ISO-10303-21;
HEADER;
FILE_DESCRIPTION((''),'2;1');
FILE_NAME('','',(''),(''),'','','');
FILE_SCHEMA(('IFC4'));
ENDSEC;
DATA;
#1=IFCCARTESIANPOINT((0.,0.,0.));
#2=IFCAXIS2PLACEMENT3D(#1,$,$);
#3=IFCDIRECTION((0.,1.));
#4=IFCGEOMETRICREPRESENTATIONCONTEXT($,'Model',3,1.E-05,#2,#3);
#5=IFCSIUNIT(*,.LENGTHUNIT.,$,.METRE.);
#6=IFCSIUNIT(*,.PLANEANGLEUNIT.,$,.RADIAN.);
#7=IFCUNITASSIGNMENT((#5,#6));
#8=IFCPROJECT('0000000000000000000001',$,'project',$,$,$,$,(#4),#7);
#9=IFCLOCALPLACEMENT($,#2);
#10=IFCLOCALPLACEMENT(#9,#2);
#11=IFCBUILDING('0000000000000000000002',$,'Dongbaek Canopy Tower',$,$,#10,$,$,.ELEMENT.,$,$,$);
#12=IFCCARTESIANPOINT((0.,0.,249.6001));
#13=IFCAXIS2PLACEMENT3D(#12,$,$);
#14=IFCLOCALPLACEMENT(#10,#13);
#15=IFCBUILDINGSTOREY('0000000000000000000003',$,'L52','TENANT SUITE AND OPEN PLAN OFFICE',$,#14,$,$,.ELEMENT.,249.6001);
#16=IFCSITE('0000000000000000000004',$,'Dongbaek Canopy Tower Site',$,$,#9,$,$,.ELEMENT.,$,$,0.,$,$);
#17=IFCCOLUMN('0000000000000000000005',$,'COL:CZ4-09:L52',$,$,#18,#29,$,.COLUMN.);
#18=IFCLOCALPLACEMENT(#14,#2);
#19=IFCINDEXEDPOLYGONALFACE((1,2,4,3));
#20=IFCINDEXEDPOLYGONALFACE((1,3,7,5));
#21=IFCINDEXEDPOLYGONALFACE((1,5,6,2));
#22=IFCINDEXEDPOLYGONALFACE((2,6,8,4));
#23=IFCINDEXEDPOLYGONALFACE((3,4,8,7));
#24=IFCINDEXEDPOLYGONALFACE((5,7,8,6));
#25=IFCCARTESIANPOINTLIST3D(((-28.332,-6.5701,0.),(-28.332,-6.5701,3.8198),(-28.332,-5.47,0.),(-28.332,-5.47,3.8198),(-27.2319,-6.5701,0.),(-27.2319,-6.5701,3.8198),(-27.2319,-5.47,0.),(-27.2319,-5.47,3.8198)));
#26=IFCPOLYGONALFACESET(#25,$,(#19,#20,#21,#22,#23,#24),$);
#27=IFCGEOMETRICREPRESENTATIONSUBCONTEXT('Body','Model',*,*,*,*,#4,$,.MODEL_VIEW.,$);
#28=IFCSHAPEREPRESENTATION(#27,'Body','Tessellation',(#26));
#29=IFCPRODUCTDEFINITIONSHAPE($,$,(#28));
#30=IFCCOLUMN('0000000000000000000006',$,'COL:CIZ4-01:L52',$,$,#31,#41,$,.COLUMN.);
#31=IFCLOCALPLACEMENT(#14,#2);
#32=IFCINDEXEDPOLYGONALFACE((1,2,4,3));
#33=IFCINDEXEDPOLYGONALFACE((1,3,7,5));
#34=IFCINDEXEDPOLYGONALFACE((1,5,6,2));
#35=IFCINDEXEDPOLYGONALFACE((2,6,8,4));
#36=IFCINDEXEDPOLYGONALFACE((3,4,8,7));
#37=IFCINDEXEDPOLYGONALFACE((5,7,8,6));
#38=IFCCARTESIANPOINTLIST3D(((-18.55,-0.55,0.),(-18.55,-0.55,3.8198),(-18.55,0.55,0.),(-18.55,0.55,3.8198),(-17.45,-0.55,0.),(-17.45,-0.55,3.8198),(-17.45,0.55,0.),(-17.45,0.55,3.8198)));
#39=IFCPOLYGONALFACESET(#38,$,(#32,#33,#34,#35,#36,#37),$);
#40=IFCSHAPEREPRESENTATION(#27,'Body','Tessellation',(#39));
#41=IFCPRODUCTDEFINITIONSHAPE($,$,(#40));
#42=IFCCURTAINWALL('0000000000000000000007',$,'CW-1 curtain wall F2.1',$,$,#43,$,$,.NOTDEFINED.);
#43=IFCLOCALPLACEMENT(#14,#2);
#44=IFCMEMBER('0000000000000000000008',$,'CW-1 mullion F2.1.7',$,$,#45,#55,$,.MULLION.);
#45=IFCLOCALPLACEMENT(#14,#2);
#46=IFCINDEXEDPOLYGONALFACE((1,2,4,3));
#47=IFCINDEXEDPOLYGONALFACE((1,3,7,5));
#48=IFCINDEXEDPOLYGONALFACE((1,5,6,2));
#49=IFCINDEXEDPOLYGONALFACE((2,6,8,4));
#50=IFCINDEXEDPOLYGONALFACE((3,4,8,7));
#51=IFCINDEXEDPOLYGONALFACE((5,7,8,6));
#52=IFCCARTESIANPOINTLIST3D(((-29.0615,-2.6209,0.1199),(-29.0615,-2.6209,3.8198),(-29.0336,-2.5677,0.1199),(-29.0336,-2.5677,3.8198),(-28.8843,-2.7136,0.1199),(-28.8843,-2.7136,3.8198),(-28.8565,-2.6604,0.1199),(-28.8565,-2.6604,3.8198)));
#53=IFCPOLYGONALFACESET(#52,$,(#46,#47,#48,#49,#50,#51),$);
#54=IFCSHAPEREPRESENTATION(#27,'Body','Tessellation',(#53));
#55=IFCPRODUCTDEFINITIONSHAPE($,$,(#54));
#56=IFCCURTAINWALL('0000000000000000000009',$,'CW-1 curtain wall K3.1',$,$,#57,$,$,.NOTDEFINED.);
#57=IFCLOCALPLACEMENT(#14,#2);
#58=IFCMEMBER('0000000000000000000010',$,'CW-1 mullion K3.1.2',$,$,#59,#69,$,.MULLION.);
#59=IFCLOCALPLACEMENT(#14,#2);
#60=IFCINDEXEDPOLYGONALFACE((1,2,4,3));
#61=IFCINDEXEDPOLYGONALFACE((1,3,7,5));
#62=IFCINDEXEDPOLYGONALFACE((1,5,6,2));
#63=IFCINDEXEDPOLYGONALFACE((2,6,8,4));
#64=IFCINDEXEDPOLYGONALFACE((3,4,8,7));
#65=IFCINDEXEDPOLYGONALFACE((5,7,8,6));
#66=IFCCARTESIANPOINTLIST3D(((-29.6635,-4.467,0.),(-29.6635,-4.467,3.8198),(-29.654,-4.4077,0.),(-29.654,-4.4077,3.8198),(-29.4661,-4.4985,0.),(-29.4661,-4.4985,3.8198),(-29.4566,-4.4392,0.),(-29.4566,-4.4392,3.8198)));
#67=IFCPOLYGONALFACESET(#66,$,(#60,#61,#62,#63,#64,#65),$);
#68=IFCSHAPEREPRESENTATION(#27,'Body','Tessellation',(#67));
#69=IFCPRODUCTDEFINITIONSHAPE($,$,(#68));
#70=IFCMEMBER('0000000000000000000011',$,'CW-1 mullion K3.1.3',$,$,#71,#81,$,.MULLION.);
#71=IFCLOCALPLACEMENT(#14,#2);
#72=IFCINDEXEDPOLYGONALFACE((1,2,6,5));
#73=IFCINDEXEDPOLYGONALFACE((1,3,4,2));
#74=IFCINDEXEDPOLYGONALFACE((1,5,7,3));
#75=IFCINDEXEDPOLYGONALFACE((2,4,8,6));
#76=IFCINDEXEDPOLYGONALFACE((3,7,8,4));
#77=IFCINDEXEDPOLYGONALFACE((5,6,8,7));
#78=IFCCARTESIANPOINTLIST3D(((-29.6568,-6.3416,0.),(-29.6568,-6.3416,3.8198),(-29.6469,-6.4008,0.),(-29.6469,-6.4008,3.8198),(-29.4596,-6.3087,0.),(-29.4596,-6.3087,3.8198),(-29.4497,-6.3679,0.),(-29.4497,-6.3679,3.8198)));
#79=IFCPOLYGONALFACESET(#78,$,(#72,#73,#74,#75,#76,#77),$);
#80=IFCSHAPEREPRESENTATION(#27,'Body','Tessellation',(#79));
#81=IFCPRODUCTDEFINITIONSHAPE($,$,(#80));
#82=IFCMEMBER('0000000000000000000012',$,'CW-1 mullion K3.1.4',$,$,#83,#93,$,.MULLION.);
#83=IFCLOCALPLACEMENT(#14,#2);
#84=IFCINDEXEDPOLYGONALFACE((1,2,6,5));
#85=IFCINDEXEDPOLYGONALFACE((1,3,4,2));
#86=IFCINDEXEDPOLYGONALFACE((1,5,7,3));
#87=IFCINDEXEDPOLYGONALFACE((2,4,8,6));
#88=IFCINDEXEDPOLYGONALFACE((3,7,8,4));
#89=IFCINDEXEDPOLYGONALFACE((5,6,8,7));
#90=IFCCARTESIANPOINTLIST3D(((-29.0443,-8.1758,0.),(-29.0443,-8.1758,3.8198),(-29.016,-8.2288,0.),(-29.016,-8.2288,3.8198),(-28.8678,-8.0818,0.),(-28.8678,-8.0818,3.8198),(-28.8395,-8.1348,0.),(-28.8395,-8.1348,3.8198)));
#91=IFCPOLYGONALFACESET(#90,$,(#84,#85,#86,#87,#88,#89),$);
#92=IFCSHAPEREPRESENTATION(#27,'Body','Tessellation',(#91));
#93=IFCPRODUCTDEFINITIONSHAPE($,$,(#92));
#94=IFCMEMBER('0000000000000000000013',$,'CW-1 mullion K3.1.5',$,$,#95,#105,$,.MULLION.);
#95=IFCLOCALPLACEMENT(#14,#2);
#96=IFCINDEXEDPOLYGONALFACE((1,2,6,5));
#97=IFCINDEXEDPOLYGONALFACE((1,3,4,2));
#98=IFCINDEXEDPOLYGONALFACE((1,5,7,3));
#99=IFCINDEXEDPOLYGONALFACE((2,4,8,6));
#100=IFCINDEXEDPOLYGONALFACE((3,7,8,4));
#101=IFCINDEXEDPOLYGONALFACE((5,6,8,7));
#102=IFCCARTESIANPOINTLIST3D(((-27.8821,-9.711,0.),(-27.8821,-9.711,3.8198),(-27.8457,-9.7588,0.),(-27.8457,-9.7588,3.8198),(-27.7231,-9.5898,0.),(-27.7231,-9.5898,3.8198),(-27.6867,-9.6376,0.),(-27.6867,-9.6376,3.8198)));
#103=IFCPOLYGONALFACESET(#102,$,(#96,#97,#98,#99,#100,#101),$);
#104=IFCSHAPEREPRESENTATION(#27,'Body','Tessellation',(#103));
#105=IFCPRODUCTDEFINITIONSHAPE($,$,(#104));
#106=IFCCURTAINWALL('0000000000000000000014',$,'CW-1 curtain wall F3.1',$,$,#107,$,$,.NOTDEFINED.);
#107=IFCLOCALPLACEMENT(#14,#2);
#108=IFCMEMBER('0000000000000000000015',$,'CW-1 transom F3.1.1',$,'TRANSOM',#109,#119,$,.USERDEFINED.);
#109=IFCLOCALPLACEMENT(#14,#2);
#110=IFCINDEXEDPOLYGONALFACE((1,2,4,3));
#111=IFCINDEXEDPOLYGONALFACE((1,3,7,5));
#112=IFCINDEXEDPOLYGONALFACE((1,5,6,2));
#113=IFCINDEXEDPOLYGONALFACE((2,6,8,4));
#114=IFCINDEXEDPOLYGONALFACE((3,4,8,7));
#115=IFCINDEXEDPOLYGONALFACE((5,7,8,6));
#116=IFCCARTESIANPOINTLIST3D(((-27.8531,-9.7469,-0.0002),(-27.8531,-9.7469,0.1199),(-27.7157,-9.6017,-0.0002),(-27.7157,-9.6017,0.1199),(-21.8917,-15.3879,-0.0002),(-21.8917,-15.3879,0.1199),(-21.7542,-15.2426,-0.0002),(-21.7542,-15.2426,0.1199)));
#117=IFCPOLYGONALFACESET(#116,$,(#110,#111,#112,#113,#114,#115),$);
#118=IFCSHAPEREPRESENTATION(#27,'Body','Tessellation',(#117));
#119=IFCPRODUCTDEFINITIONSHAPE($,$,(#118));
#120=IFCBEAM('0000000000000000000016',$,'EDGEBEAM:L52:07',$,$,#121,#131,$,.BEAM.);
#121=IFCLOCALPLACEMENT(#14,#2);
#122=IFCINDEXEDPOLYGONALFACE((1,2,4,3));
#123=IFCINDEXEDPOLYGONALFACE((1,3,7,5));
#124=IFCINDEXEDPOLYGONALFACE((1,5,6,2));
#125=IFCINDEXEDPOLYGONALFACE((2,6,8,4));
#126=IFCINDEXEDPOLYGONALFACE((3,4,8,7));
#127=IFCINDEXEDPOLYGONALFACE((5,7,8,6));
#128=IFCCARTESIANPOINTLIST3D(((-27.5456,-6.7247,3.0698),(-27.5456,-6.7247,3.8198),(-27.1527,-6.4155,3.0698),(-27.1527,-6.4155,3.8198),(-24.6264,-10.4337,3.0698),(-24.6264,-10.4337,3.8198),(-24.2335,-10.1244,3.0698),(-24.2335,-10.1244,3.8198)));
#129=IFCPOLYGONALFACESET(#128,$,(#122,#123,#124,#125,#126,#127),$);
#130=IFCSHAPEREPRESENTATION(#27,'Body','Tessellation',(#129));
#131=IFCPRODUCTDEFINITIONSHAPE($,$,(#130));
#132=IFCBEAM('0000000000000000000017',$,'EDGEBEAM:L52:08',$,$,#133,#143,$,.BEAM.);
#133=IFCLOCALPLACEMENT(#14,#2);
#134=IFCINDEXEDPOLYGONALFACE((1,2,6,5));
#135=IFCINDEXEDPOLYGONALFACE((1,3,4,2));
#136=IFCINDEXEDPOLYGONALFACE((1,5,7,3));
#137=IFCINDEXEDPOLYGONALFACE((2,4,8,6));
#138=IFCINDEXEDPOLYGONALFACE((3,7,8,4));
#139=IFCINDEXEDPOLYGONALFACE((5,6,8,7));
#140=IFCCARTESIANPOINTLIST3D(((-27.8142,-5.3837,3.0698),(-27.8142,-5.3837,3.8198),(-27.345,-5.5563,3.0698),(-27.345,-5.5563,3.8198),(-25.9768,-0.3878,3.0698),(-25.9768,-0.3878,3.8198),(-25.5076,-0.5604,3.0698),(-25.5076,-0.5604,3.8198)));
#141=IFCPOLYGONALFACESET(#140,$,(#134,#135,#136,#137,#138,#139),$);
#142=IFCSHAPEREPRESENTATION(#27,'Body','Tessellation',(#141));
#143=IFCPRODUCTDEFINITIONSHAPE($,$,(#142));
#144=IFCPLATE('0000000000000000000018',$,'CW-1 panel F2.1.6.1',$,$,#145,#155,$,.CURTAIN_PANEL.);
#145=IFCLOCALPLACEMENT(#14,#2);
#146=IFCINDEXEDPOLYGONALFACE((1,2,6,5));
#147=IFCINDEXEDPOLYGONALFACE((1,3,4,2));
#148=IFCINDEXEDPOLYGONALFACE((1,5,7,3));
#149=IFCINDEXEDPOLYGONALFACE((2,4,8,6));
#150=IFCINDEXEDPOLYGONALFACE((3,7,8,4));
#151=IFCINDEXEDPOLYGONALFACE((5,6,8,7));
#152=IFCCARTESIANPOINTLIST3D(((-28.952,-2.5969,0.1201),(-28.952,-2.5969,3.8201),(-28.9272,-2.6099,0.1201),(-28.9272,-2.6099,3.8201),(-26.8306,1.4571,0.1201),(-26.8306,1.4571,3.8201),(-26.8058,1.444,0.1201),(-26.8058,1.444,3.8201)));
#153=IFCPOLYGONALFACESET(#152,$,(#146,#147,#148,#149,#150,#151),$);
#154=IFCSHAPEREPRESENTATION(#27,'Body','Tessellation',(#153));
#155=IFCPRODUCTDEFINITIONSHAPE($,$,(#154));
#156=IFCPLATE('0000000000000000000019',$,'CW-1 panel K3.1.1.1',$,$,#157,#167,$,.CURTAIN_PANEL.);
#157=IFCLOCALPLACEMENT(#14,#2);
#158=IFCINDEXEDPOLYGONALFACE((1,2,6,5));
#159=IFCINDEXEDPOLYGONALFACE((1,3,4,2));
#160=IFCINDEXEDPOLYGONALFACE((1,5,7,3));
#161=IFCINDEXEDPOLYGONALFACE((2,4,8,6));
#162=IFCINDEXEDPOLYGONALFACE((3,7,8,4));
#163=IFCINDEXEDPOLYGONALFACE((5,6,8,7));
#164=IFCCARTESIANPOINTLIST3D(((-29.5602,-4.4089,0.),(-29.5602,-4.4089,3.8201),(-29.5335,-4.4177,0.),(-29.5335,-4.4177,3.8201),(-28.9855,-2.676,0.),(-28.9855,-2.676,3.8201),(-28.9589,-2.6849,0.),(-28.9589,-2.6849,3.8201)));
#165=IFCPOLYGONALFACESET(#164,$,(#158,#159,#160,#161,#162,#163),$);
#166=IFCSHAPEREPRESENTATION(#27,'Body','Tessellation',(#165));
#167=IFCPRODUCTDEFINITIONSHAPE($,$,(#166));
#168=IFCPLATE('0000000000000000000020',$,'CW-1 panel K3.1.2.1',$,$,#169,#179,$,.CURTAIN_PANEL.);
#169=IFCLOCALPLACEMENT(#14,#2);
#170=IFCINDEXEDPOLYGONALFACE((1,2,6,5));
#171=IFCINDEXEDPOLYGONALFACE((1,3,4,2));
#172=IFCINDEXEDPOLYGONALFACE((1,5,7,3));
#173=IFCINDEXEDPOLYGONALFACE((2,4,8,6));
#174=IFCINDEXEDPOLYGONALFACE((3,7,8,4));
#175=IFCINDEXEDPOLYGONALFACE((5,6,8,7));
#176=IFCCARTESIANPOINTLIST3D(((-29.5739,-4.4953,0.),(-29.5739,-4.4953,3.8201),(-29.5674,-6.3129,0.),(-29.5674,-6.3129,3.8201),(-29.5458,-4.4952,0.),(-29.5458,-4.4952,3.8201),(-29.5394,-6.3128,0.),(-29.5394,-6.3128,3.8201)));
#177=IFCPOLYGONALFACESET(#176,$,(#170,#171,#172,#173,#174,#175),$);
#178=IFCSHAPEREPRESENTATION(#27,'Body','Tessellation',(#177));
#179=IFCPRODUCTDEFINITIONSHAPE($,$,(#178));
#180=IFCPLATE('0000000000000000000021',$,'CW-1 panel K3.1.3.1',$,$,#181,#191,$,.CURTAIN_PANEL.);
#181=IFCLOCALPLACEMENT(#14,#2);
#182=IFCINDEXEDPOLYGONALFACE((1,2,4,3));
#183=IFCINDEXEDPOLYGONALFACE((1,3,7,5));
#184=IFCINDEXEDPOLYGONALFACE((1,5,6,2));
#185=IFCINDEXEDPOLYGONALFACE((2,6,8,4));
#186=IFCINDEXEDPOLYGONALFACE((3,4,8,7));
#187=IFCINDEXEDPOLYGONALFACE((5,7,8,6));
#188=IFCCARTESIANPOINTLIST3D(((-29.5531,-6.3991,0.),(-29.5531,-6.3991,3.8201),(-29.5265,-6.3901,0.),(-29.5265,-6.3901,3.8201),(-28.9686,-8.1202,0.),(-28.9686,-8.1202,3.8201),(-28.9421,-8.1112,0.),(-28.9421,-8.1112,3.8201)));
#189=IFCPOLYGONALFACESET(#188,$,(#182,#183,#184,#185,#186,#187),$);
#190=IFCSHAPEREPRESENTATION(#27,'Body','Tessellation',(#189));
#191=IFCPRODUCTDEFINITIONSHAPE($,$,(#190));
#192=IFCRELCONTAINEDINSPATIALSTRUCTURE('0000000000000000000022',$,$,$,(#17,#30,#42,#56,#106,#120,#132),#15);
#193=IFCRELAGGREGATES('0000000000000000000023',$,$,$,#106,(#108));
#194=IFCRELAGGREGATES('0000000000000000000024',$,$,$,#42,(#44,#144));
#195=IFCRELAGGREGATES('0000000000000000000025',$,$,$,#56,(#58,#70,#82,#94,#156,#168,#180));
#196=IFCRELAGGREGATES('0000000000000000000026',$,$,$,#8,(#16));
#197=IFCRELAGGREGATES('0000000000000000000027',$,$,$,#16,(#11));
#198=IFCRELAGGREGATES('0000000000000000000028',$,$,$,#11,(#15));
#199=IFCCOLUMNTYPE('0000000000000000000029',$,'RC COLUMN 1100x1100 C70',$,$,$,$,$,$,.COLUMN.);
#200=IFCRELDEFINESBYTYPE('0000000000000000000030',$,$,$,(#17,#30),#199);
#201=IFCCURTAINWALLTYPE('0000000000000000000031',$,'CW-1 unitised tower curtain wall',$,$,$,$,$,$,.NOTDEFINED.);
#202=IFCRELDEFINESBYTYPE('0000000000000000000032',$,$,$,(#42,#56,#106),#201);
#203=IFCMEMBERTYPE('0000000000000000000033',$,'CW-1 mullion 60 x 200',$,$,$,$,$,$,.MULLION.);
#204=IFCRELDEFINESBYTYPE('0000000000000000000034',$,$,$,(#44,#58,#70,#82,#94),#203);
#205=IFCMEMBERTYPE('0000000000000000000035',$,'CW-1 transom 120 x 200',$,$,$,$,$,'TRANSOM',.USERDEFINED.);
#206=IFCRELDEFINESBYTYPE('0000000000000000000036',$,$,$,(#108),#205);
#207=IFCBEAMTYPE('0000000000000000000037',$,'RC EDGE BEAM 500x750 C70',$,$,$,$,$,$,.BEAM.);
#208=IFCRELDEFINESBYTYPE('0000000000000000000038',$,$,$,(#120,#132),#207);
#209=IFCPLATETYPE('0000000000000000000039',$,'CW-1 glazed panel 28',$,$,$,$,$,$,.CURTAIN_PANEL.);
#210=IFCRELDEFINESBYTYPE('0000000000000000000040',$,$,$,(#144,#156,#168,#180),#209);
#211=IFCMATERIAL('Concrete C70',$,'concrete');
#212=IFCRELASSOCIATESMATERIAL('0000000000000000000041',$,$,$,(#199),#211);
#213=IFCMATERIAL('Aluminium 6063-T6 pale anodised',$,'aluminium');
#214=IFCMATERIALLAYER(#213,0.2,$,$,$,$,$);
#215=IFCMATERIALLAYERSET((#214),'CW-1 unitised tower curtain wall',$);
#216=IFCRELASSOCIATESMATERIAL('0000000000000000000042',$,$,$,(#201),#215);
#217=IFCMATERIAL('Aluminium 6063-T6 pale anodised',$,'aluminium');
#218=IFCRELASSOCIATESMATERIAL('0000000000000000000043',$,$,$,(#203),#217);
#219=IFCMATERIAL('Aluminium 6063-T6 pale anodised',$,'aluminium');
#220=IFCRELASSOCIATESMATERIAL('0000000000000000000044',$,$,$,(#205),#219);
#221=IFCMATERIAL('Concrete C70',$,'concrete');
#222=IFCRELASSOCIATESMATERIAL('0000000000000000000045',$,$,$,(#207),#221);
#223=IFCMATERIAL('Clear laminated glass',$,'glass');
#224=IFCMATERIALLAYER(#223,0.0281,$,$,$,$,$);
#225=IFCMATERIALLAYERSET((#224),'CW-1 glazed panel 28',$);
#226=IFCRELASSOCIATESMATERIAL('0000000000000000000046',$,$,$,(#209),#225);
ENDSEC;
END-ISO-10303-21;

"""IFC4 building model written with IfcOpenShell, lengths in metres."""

from ifc_helpers import new_model, si_unit, direction, frame, origin, origin_2d, place, context, subcontext, project, spatial, rectangle, extrude, material, layer, layer_set, material_profile, profile_set, type_object, element, aggregate, save


model = new_model("IFC4")

# Units and contexts
model_context = context("Model", 3, precision=1e-05, world=origin(), true_north=direction((0.0, 1.0)))
body_context = subcontext(model_context, "Body", "Model", "MODEL_VIEW")
ifc_project = project(units=[si_unit("LENGTHUNIT", "METRE"), si_unit("PLANEANGLEUNIT", "RADIAN")], contexts=[model_context])

# Site, building, storey
site_placement = place(None, origin())
site = spatial("IfcSite", under=ifc_project, at=site_placement, Name="Dongbaek Canopy Tower Site", CompositionType="ELEMENT", RefElevation=0.0)
building_placement = place(site_placement, origin())
building = spatial("IfcBuilding", under=site, at=building_placement, Name="Dongbaek Canopy Tower", CompositionType="ELEMENT")
storey_placement = place(building_placement, frame((0.0, 0.0, 249.6001)))
storey = spatial("IfcBuildingStorey", under=building, at=storey_placement, Name="L52", Description="TENANT SUITE AND OPEN PLAN OFFICE", CompositionType="ELEMENT", Elevation=249.6001)

# Columns
ifc_material_1 = material(Name="Concrete C70", Category="concrete")
ifc_material_profile_1 = material_profile(ifc_material_1, rectangle(XDim=1.1001, YDim=1.1001, at=origin_2d()), Name="RC COLUMN 1100x1100 C70")
ifc_profile_set_1 = profile_set([ifc_material_profile_1], Name="Concrete C70")
column_type = type_object("IfcColumnType", Name="RC COLUMN 1100x1100 C70", PredefinedType="COLUMN", material=ifc_profile_set_1)
for number, where, z_axis, x_axis, name in (
    (1, (-27.782, -6.02, 0.0), (0.0, 0.0, 1.0), (1.0, 0.0, 0.0), "COL:CZ4-09:L52"),
    (2, (-18.0, 0.0, 0.0), (0.0, 0.0, 1.0), (1.0, 0.0, 0.0), "COL:CIZ4-01:L52"),
):
    element("IfcColumn", number, at=place(storey_placement, frame(where, z_axis=z_axis, x_axis=x_axis)), inside=storey, type_object=column_type, Name=name, PredefinedType="COLUMN", context=body_context, shape_type="SweptSolid", body=[
        extrude(rectangle(XDim=1.1001, YDim=1.1001, at=origin_2d()), origin(), (0.0, 0.0, 1.0), 3.8198),
    ])

# Curtain wall, member
ifc_material_2 = material(Name="Aluminium 6063-T6 pale anodised", Category="aluminium")
ifc_layer_1 = layer(ifc_material_2, 0.2)
ifc_layer_set_1 = layer_set([ifc_layer_1], Name="CW-1 unitised tower curtain wall")
curtain_wall_type = type_object("IfcCurtainWallType", Name="CW-1 unitised tower curtain wall", PredefinedType="NOTDEFINED", material=ifc_layer_set_1)
curtain_wall_1_placement = place(storey_placement, origin())
curtain_wall_1 = element("IfcCurtainWall", 3, at=curtain_wall_1_placement, inside=storey, type_object=curtain_wall_type, Name="CW-1 curtain wall F2.1", PredefinedType="NOTDEFINED")
ifc_material_3 = material(Name="Aluminium 6063-T6 pale anodised", Category="aluminium")
ifc_material_profile_2 = material_profile(ifc_material_3, rectangle(XDim=0.2, YDim=0.0601, at=origin_2d()), Name="CW-1 mullion 60 x 200")
ifc_profile_set_2 = profile_set([ifc_material_profile_2], Name="Aluminium 6063-T6 pale anodised")
member_type_1 = type_object("IfcMemberType", Name="CW-1 mullion 60 x 200", PredefinedType="MULLION", material=ifc_profile_set_2)
member_1_placement = place(storey_placement, frame((-28.959, -2.6406, 0.1199), z_axis=(0.0, 0.0, 1.0), x_axis=(-0.886019, 0.463649, 0.0)))
member_1 = element("IfcMember", 4, at=member_1_placement, type_object=member_type_1, Name="CW-1 mullion F2.1.7", PredefinedType="MULLION", context=body_context, shape_type="SweptSolid", body=[
    extrude(rectangle(XDim=0.2, YDim=0.0601, at=origin_2d()), origin(), (0.0, 0.0, 1.0), 3.7),
])

# Curtain wall, members
curtain_wall_2_placement = place(storey_placement, origin())
curtain_wall_2 = element("IfcCurtainWall", 5, at=curtain_wall_2_placement, inside=storey, type_object=curtain_wall_type, Name="CW-1 curtain wall K3.1", PredefinedType="NOTDEFINED")
member_2_placement = place(storey_placement, frame((-29.5601, -4.4531, 0.0), z_axis=(0.0, 0.0, 1.0), x_axis=(-0.987493, 0.157665, 0.0)))
member_2 = element("IfcMember", 6, at=member_2_placement, type_object=member_type_1, Name="CW-1 mullion K3.1.2", PredefinedType="MULLION", context=body_context, shape_type="SweptSolid", body=[
    extrude(rectangle(XDim=0.2, YDim=0.0601, at=origin_2d()), origin(), (0.0, 0.0, 1.0), 3.8198),
])
member_3_placement = place(storey_placement, frame((-29.5532, -6.3547, 0.0), z_axis=(0.0, 0.0, 1.0), x_axis=(-0.986343, -0.164704, 0.0)))
member_3 = element("IfcMember", 7, at=member_3_placement, type_object=member_type_1, Name="CW-1 mullion K3.1.3", PredefinedType="MULLION", context=body_context, shape_type="SweptSolid", body=[
    extrude(rectangle(XDim=0.2, YDim=0.0601, at=origin_2d()), origin(), (0.0, 0.0, 1.0), 3.8198),
])
member_4_placement = place(storey_placement, frame((-28.9419, -8.1553, 0.0), z_axis=(0.0, 0.0, 1.0), x_axis=(-0.88269, -0.469956, 0.0)))
member_4 = element("IfcMember", 8, at=member_4_placement, type_object=member_type_1, Name="CW-1 mullion K3.1.4", PredefinedType="MULLION", context=body_context, shape_type="SweptSolid", body=[
    extrude(rectangle(XDim=0.2, YDim=0.0601, at=origin_2d()), origin(), (0.0, 0.0, 1.0), 3.8198),
])
member_5_placement = place(storey_placement, frame((-27.7844, -9.6743, 0.0), z_axis=(0.0, 0.0, 1.0), x_axis=(-0.795398, -0.606088, 0.0)))
member_5 = element("IfcMember", 9, at=member_5_placement, type_object=member_type_1, Name="CW-1 mullion K3.1.5", PredefinedType="MULLION", context=body_context, shape_type="SweptSolid", body=[
    extrude(rectangle(XDim=0.2, YDim=0.0601, at=origin_2d()), origin(), (0.0, 0.0, 1.0), 3.8198),
])

# Curtain wall, member
curtain_wall_3_placement = place(storey_placement, origin())
curtain_wall_3 = element("IfcCurtainWall", 10, at=curtain_wall_3_placement, inside=storey, type_object=curtain_wall_type, Name="CW-1 curtain wall F3.1", PredefinedType="NOTDEFINED")
ifc_material_4 = material(Name="Aluminium 6063-T6 pale anodised", Category="aluminium")
ifc_material_profile_3 = material_profile(ifc_material_4, rectangle(XDim=0.2, YDim=0.1201, at=origin_2d()), Name="CW-1 transom 120 x 200")
ifc_profile_set_3 = profile_set([ifc_material_profile_3], Name="Aluminium 6063-T6 pale anodised")
member_type_2 = type_object("IfcMemberType", Name="CW-1 transom 120 x 200", ElementType="TRANSOM", PredefinedType="USERDEFINED", material=ifc_profile_set_3)
member_6_placement = place(storey_placement, frame((-27.7844, -9.6743, 0.0598), z_axis=(0.726366, -0.687308, 0.0), x_axis=(0.687308, 0.726366, 0.0)))
member_6 = element("IfcMember", 11, at=member_6_placement, type_object=member_type_2, Name="CW-1 transom F3.1.1", ObjectType="TRANSOM", PredefinedType="USERDEFINED", context=body_context, shape_type="SweptSolid", body=[
    extrude(rectangle(XDim=0.2, YDim=0.1201, at=origin_2d()), origin(), (0.0, 0.0, 1.0), 8.2073),
])
aggregate(curtain_wall_3, [member_6])

# Beams
ifc_material_5 = material(Name="Concrete C70", Category="concrete")
ifc_material_profile_4 = material_profile(ifc_material_5, rectangle(XDim=0.5, YDim=0.75, at=origin_2d()), Name="RC EDGE BEAM 500x750 C70")
ifc_profile_set_4 = profile_set([ifc_material_profile_4], Name="Concrete C70")
beam_type = type_object("IfcBeamType", Name="RC EDGE BEAM 500x750 C70", PredefinedType="BEAM", material=ifc_profile_set_4)
beam_1_placement = place(storey_placement, frame((-24.4299, -10.2791, 3.4448), z_axis=(-0.618475, 0.785805, 0.0), x_axis=(-0.785805, -0.618475, 0.0)))
element("IfcBeam", 12, at=beam_1_placement, inside=storey, type_object=beam_type, Name="EDGEBEAM:L52:07", PredefinedType="BEAM", context=body_context, shape_type="SweptSolid", body=[
    extrude(rectangle(XDim=0.5, YDim=0.75, at=origin_2d()), origin(), (0.0, 0.0, 1.0), 4.72),
])
beam_2_placement = place(storey_placement, frame((-27.5796, -5.47, 3.4448), z_axis=(0.34518, 0.938536, 0.0), x_axis=(-0.938536, 0.34518, 0.0)))
element("IfcBeam", 13, at=beam_2_placement, inside=storey, type_object=beam_type, Name="EDGEBEAM:L52:08", PredefinedType="BEAM", context=body_context, shape_type="SweptSolid", body=[
    extrude(rectangle(XDim=0.5, YDim=0.75, at=origin_2d()), origin(), (0.0, 0.0, 1.0), 5.323),
])

# Plates
ifc_material_6 = material(Name="Clear laminated glass", Category="glass")
ifc_layer_2 = layer(ifc_material_6, 0.0281)
ifc_layer_set_2 = layer_set([ifc_layer_2], Name="CW-1 glazed panel 28")
plate_type = type_object("IfcPlateType", Name="CW-1 glazed panel 28", PredefinedType="CURTAIN_PANEL", material=ifc_layer_set_2)
plate_1_placement = place(storey_placement, frame((-27.8789, -0.5764, 0.1201), z_axis=(0.0, 0.0, 1.0), x_axis=(-0.463649, -0.886019, 0.0)))
plate_1 = element("IfcPlate", 14, at=plate_1_placement, type_object=plate_type, Name="CW-1 panel F2.1.6.1", PredefinedType="CURTAIN_PANEL", context=body_context, shape_type="SweptSolid", body=[
    extrude(rectangle(XDim=4.5754, YDim=0.0281, at=origin_2d()), origin(), (0.0, 0.0, 1.0), 3.7),
])
plate_2_placement = place(storey_placement, frame((-29.2595, -3.5469, 0.0), z_axis=(0.0, 0.0, 1.0), x_axis=(-0.314773, -0.949167, 0.0)))
plate_2 = element("IfcPlate", 15, at=plate_2_placement, type_object=plate_type, Name="CW-1 panel K3.1.1.1", PredefinedType="CURTAIN_PANEL", context=body_context, shape_type="SweptSolid", body=[
    extrude(rectangle(XDim=1.8257, YDim=0.0281, at=origin_2d()), origin(), (0.0, 0.0, 1.0), 3.8201),
])
plate_3_placement = place(storey_placement, frame((-29.5566, -5.4041, 0.0), z_axis=(0.0, 0.0, 1.0), x_axis=(0.003566, -0.999994, 0.0)))
plate_3 = element("IfcPlate", 16, at=plate_3_placement, type_object=plate_type, Name="CW-1 panel K3.1.2.1", PredefinedType="CURTAIN_PANEL", context=body_context, shape_type="SweptSolid", body=[
    extrude(rectangle(XDim=1.8176, YDim=0.0281, at=origin_2d()), origin(), (0.0, 0.0, 1.0), 3.8201),
])
plate_4_placement = place(storey_placement, frame((-29.2476, -7.2551, 0.0), z_axis=(0.0, 0.0, 1.0), x_axis=(0.321534, -0.946898, 0.0)))
plate_4 = element("IfcPlate", 17, at=plate_4_placement, type_object=plate_type, Name="CW-1 panel K3.1.3.1", PredefinedType="CURTAIN_PANEL", context=body_context, shape_type="SweptSolid", body=[
    extrude(rectangle(XDim=1.8176, YDim=0.0281, at=origin_2d()), origin(), (0.0, 0.0, 1.0), 3.8201),
])

aggregate(curtain_wall_1, [member_1, plate_1])
aggregate(curtain_wall_2, [member_2, member_3, member_4, member_5, plate_2, plate_3, plate_4])

save(model, "model.ifc")
